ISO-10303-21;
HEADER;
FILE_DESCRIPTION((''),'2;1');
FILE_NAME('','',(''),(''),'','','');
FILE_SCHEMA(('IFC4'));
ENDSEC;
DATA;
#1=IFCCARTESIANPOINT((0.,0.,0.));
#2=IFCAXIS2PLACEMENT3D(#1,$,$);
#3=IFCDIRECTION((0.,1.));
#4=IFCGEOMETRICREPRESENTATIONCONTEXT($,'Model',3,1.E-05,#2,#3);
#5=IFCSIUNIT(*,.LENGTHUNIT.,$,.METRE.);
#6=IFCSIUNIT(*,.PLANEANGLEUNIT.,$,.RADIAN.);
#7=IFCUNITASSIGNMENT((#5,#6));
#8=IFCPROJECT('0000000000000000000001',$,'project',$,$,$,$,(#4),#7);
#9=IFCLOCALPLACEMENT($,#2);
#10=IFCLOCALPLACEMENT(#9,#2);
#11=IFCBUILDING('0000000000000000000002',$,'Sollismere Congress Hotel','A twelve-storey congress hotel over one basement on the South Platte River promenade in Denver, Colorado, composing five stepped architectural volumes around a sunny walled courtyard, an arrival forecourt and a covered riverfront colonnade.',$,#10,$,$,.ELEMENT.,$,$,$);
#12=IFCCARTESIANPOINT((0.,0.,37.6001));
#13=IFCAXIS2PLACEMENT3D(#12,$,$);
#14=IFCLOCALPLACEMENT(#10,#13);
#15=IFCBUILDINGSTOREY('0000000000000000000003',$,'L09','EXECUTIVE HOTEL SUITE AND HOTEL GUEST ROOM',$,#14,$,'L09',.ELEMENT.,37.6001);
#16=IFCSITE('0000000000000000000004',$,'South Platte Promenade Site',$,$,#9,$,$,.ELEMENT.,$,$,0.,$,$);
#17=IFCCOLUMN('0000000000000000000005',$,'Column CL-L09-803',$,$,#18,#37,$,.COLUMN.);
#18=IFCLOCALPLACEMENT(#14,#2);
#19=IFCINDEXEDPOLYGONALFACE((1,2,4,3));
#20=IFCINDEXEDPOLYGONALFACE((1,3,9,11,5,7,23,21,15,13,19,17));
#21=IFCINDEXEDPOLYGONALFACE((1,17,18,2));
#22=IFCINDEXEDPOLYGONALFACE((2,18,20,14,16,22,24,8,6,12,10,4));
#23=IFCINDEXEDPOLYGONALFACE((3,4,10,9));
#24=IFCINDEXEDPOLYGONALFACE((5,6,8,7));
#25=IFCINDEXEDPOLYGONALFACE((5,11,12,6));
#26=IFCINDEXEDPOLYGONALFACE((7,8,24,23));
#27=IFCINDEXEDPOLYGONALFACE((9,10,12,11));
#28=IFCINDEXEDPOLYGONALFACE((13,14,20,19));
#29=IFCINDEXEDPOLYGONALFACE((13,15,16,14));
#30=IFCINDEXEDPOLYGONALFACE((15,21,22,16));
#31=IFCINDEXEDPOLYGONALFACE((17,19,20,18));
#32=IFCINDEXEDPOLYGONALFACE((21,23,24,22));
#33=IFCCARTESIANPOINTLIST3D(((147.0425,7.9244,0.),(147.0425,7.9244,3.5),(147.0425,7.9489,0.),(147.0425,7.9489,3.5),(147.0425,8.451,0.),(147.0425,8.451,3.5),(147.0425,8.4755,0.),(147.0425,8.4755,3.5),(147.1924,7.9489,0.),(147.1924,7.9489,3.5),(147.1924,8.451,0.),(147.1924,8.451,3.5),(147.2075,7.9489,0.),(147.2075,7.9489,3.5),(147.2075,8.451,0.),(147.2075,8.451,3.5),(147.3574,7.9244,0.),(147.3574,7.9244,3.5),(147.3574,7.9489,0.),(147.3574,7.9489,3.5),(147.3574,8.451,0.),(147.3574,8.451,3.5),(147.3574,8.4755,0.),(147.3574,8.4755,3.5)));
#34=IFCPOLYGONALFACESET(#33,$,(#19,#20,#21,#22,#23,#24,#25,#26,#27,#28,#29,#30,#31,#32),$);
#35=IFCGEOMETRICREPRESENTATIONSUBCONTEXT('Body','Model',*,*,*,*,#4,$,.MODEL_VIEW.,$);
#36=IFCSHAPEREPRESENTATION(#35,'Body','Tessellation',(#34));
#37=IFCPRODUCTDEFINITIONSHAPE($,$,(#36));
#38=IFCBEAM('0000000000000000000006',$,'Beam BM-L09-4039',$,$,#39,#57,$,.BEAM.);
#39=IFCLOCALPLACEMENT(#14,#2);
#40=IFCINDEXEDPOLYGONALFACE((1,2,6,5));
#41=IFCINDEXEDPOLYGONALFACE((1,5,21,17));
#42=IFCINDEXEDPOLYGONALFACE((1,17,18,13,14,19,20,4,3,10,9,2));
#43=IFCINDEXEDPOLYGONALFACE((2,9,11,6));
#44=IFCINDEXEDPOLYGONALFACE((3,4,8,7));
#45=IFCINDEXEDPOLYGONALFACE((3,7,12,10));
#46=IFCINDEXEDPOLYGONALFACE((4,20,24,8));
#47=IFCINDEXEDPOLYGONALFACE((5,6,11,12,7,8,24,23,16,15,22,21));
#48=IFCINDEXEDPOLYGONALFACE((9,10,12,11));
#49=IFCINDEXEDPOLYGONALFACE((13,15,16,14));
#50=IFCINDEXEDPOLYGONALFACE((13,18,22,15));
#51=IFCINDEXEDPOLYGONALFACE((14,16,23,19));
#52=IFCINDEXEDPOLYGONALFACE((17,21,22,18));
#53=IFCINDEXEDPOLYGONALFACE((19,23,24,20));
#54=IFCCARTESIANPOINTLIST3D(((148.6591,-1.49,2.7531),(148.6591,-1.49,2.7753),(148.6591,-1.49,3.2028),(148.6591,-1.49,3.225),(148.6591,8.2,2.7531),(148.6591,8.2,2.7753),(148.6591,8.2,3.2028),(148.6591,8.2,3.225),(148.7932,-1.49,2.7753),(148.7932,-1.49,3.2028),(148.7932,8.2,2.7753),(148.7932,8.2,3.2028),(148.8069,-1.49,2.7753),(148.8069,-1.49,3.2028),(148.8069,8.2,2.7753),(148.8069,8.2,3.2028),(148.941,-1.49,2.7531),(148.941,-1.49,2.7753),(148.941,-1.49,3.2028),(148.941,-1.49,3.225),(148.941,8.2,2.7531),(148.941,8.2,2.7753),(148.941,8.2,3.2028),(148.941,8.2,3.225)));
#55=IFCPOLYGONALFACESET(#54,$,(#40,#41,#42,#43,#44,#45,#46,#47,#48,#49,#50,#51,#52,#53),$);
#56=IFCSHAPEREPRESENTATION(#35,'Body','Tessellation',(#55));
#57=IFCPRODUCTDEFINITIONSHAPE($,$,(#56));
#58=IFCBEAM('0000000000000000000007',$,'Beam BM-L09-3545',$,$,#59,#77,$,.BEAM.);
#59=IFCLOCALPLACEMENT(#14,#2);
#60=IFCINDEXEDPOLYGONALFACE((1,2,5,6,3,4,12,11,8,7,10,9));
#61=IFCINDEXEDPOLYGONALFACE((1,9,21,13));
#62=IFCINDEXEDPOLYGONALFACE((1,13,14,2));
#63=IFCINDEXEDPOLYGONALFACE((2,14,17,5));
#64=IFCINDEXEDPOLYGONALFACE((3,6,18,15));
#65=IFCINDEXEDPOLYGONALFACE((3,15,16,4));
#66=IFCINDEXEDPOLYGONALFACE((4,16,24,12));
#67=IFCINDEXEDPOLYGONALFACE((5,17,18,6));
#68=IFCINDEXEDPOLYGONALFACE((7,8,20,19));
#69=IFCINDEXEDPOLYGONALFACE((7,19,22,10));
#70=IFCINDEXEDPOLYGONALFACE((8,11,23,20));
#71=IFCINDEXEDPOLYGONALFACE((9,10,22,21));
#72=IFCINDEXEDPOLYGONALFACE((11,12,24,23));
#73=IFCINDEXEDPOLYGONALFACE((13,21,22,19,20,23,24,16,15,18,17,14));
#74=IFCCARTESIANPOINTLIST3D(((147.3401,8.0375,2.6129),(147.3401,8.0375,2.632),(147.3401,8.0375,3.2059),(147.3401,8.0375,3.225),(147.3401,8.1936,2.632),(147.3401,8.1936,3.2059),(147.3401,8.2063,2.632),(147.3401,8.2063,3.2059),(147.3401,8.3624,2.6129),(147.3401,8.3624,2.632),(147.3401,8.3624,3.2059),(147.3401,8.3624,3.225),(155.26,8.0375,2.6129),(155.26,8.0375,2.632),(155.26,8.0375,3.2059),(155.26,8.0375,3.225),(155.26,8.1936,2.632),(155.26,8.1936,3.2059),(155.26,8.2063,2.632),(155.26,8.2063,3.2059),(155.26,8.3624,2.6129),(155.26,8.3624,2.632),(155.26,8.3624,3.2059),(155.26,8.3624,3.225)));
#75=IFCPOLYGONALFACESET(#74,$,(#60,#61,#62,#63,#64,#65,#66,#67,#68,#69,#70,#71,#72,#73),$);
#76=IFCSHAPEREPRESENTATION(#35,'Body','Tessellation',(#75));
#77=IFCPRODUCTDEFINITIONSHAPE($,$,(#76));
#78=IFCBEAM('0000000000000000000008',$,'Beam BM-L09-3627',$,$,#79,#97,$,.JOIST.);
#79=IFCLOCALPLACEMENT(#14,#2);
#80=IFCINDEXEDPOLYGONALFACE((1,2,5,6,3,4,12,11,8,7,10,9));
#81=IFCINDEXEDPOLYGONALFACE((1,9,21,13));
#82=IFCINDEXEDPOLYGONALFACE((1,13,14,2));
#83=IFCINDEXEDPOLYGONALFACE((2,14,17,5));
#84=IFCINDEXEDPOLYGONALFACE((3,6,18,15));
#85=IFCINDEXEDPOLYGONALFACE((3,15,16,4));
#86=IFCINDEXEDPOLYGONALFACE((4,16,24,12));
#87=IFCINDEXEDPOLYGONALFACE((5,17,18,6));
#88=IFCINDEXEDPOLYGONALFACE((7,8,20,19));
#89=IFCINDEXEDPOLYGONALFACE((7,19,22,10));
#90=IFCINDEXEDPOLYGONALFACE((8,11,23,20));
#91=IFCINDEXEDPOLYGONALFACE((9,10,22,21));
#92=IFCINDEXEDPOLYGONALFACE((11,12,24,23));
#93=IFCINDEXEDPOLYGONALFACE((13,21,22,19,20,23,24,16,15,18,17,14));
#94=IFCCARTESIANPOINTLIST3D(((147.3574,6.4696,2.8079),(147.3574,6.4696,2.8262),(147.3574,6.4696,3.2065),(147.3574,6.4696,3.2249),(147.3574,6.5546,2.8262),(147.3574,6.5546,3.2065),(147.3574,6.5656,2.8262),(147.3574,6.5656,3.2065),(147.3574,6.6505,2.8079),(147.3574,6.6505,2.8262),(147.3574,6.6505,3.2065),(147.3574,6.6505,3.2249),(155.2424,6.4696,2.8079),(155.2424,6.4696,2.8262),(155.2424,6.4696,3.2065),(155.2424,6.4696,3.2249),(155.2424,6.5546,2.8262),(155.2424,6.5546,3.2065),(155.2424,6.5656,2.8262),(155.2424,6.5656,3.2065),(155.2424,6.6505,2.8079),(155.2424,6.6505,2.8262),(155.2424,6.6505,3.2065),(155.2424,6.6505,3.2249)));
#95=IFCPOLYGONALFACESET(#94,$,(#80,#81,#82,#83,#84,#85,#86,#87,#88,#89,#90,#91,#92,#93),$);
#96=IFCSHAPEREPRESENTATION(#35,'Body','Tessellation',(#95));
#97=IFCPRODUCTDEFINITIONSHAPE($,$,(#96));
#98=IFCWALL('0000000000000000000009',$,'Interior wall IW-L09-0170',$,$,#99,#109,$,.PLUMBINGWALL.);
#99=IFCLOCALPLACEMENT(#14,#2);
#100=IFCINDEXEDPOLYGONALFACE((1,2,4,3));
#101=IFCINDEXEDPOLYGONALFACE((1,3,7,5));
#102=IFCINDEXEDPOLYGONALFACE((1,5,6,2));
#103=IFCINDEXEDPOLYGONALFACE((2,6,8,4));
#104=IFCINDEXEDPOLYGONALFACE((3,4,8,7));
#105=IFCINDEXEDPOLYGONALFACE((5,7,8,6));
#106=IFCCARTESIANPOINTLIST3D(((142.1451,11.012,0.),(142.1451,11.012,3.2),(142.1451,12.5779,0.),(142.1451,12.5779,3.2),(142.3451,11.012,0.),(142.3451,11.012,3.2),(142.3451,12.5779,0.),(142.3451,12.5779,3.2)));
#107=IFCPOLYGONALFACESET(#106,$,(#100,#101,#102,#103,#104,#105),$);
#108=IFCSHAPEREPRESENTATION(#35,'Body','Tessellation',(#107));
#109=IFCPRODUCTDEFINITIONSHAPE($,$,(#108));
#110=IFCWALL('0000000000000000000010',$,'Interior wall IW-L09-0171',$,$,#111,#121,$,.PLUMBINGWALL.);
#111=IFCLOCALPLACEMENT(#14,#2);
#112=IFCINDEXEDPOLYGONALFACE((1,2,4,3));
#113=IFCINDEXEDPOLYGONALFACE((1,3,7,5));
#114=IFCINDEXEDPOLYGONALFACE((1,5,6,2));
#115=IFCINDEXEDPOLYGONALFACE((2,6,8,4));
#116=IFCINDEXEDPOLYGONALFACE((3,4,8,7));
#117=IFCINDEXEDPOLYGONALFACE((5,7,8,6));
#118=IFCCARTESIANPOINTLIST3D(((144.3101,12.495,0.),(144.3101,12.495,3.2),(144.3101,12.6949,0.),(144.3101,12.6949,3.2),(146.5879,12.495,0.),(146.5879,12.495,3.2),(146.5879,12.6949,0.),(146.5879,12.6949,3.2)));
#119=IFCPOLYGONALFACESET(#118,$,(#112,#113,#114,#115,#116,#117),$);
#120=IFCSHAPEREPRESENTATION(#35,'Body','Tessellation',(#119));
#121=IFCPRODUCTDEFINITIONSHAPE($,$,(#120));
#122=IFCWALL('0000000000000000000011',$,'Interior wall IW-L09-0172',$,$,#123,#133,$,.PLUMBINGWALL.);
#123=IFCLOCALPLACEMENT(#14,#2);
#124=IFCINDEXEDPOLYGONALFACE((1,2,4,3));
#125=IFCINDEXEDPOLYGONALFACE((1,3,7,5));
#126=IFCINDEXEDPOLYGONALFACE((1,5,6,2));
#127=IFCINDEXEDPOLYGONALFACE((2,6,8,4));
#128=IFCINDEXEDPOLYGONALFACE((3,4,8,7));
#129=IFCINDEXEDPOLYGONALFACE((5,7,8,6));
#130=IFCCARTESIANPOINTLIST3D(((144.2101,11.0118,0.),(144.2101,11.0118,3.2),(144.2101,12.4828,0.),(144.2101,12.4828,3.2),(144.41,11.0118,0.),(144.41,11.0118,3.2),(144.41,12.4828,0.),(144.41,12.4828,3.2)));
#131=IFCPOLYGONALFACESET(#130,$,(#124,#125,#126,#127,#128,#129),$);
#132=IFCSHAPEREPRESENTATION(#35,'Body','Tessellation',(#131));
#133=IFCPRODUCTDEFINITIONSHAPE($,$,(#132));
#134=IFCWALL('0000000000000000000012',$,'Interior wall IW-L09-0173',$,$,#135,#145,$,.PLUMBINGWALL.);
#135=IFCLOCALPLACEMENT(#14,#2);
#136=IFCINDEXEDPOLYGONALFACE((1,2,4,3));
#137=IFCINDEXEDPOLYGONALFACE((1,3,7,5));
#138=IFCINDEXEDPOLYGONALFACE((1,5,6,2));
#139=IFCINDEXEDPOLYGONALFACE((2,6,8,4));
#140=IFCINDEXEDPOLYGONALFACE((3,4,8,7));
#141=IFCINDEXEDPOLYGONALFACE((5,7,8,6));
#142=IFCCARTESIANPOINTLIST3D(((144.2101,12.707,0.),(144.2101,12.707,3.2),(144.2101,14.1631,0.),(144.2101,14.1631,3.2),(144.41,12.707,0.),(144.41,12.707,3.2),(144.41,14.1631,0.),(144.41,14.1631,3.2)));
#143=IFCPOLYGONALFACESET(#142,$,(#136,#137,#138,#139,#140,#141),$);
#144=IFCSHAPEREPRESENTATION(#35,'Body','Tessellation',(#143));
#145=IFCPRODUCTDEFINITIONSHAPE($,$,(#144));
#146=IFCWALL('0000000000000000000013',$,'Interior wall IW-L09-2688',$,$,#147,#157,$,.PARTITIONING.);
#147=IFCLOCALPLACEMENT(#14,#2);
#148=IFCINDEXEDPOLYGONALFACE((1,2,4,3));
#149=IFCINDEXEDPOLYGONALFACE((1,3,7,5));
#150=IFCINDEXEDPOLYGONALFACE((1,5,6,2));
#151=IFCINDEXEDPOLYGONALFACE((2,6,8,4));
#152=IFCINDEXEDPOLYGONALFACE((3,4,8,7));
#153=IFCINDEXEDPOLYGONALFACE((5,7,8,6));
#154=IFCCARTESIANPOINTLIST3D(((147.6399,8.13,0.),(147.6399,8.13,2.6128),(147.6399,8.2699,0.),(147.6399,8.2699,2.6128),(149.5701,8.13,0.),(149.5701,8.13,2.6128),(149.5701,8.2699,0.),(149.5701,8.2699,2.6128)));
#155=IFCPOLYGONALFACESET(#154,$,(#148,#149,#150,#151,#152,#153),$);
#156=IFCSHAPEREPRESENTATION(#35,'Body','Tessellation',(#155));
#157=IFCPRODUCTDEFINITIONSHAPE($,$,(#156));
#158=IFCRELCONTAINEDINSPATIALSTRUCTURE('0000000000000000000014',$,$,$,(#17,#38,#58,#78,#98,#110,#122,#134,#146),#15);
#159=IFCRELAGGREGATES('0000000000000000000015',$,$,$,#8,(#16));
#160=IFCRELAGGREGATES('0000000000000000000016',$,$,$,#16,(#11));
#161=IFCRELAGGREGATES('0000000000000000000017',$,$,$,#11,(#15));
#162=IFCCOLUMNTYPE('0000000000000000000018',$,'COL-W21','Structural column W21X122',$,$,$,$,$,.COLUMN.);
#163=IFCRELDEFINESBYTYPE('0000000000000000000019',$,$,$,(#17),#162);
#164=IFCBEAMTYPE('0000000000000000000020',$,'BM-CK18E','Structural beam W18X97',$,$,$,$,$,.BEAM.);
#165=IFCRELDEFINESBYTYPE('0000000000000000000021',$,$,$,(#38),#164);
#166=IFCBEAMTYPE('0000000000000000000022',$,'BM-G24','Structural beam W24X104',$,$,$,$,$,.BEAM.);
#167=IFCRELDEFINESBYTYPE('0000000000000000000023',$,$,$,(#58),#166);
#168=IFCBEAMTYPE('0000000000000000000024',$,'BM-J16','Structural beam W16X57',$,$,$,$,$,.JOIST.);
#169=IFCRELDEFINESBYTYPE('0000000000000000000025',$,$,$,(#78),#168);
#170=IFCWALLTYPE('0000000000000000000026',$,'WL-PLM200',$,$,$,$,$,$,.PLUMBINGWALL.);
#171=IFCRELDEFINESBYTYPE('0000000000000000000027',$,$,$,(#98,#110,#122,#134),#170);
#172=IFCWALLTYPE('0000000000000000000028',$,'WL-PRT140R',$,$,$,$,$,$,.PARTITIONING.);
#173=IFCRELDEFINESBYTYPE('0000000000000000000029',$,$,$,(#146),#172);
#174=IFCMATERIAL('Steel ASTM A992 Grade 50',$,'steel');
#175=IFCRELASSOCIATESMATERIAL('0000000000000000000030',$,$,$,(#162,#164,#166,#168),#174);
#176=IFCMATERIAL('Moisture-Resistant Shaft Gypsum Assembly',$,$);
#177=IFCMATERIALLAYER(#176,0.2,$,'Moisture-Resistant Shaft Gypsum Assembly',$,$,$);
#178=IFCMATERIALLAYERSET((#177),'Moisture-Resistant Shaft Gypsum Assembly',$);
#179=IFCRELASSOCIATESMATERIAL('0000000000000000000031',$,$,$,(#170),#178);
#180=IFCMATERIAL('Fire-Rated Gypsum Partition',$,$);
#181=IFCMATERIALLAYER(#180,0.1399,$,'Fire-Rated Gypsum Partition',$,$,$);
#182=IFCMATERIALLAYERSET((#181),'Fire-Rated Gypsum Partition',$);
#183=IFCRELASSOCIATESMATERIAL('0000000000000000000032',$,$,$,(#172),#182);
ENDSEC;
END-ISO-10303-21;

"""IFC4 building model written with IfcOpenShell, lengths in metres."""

from ifc_helpers import new_model, si_unit, direction, frame, frame_2d, origin, origin_2d, place, context, subcontext, project, spatial, rectangle, i_section, extrude, material, layer, layer_set, material_profile, profile_set, type_object, element, save


model = new_model("IFC4")

# Units and contexts
model_context = context("Model", 3, precision=1e-05, world=origin(), true_north=direction((0.0, 1.0)))
body_context = subcontext(model_context, "Body", "Model", "MODEL_VIEW")
ifc_project = project(units=[si_unit("LENGTHUNIT", "METRE"), si_unit("PLANEANGLEUNIT", "RADIAN")], contexts=[model_context])

# Site, building, storey
site_placement = place(None, origin())
site = spatial("IfcSite", under=ifc_project, at=site_placement, Name="South Platte Promenade Site", CompositionType="ELEMENT", RefElevation=0.0)
building_placement = place(site_placement, origin())
building = spatial("IfcBuilding", under=site, at=building_placement, Name="Sollismere Congress Hotel", Description="A twelve-storey congress hotel over one basement on the South Platte River promenade in Denver, Colorado, composing five stepped architectural volumes around a sunny walled courtyard, an arrival forecourt and a covered riverfront colonnade.", CompositionType="ELEMENT")
storey_placement = place(building_placement, frame((0.0, 0.0, 37.6001)))
storey = spatial("IfcBuildingStorey", under=building, at=storey_placement, Name="L09", Description="EXECUTIVE HOTEL SUITE AND HOTEL GUEST ROOM", LongName="L09", CompositionType="ELEMENT", Elevation=37.6001)

# Column
ifc_material_1 = material(Name="Steel ASTM A992 Grade 50", Category="steel")
ifc_material_profile_1 = material_profile(ifc_material_1, i_section(OverallWidth=0.3149, OverallDepth=0.551, WebThickness=0.0151, FlangeThickness=0.0244, at=origin_2d()), Name="W21X122")
ifc_profile_set_1 = profile_set([ifc_material_profile_1], Name="Steel ASTM A992 Grade 50")
column_type = type_object("IfcColumnType", Name="COL-W21", Description="Structural column W21X122", PredefinedType="COLUMN", material=ifc_profile_set_1)
column_placement = place(storey_placement, frame((147.2, 8.2, 0.0), z_axis=(0.0, 0.0, 1.0), x_axis=(1.0, 0.0, 0.0)))
element("IfcColumn", 1, at=column_placement, inside=storey, type_object=column_type, Name="Column CL-L09-803", PredefinedType="COLUMN", context=body_context, shape_type="SweptSolid", body=[
    extrude(i_section(OverallWidth=0.3149, OverallDepth=0.551, WebThickness=0.0151, FlangeThickness=0.0244, at=origin_2d()), origin(), (0.0, 0.0, 1.0), 3.5),
])

# Beams
ifc_material_profile_2 = material_profile(ifc_material_1, i_section(OverallWidth=0.282, OverallDepth=0.4719, WebThickness=0.0137, FlangeThickness=0.0222, at=origin_2d()), Name="W18X97")
ifc_profile_set_2 = profile_set([ifc_material_profile_2], Name="Steel ASTM A992 Grade 50")
beam_type_1 = type_object("IfcBeamType", Name="BM-CK18E", Description="Structural beam W18X97", PredefinedType="BEAM", material=ifc_profile_set_2)
beam_1_placement = place(storey_placement, frame((148.8, 8.2, 2.989), z_axis=(0.0, -1.0, 0.0), x_axis=(1.0, 0.0, 0.0)))
element("IfcBeam", 2, at=beam_1_placement, inside=storey, type_object=beam_type_1, Name="Beam BM-L09-4039", PredefinedType="BEAM", context=body_context, shape_type="SweptSolid", body=[
    extrude(i_section(OverallWidth=0.282, OverallDepth=0.4719, WebThickness=0.0137, FlangeThickness=0.0222, at=origin_2d()), origin(), (0.0, 0.0, 1.0), 9.6899),
])
ifc_material_profile_3 = material_profile(ifc_material_1, i_section(OverallWidth=0.325, OverallDepth=0.6121, WebThickness=0.0127, FlangeThickness=0.019, at=origin_2d()), Name="W24X104")
ifc_profile_set_3 = profile_set([ifc_material_profile_3], Name="Steel ASTM A992 Grade 50")
beam_type_2 = type_object("IfcBeamType", Name="BM-G24", Description="Structural beam W24X104", PredefinedType="BEAM", material=ifc_profile_set_3)
beam_2_placement = place(storey_placement, frame((147.3401, 8.2, 2.9189), z_axis=(1.0, 0.0, 0.0), x_axis=(0.0, 1.0, 0.0)))
element("IfcBeam", 3, at=beam_2_placement, inside=storey, type_object=beam_type_2, Name="Beam BM-L09-3545", PredefinedType="BEAM", context=body_context, shape_type="SweptSolid", body=[
    extrude(i_section(OverallWidth=0.325, OverallDepth=0.6121, WebThickness=0.0127, FlangeThickness=0.019, at=origin_2d()), origin(), (0.0, 0.0, 1.0), 7.9199),
])
ifc_material_profile_4 = material_profile(ifc_material_1, i_section(OverallWidth=0.1809, OverallDepth=0.417, WebThickness=0.011, FlangeThickness=0.0183, at=origin_2d()), Name="W16X57")
ifc_profile_set_4 = profile_set([ifc_material_profile_4], Name="Steel ASTM A992 Grade 50")
beam_type_3 = type_object("IfcBeamType", Name="BM-J16", Description="Structural beam W16X57", PredefinedType="JOIST", material=ifc_profile_set_4)
beam_3_placement = place(storey_placement, frame((147.3574, 6.5601, 3.0164), z_axis=(1.0, 0.0, 0.0), x_axis=(0.0, 1.0, 0.0)))
element("IfcBeam", 4, at=beam_3_placement, inside=storey, type_object=beam_type_3, Name="Beam BM-L09-3627", PredefinedType="JOIST", context=body_context, shape_type="SweptSolid", body=[
    extrude(i_section(OverallWidth=0.1809, OverallDepth=0.417, WebThickness=0.011, FlangeThickness=0.0183, at=origin_2d()), origin(), (0.0, 0.0, 1.0), 7.885),
])

# Walls
ifc_material_2 = material(Name="Moisture-Resistant Shaft Gypsum Assembly")
ifc_layer_1 = layer(ifc_material_2, 0.2, Name="Moisture-Resistant Shaft Gypsum Assembly")
ifc_layer_set_1 = layer_set([ifc_layer_1], Name="Moisture-Resistant Shaft Gypsum Assembly")
wall_type_1 = type_object("IfcWallType", Name="WL-PLM200", PredefinedType="PLUMBINGWALL", material=ifc_layer_set_1)
wall_1_placement = place(storey_placement, frame((142.2451, 11.012, 0.0), z_axis=(0.0, 0.0, 1.0), x_axis=(0.0, 1.0, 0.0)))
element("IfcWall", 5, at=wall_1_placement, inside=storey, type_object=wall_type_1, Name="Interior wall IW-L09-0170", PredefinedType="PLUMBINGWALL", context=body_context, shape_type="SweptSolid", body=[
    extrude(rectangle(XDim=1.5659, YDim=0.2, at=frame_2d((0.783, 0.0))), origin(), (0.0, 0.0, 1.0), 3.2),
])
wall_2_placement = place(storey_placement, frame((144.3101, 12.595, 0.0), z_axis=(0.0, 0.0, 1.0), x_axis=(1.0, 0.0, 0.0)))
element("IfcWall", 6, at=wall_2_placement, inside=storey, type_object=wall_type_1, Name="Interior wall IW-L09-0171", PredefinedType="PLUMBINGWALL", context=body_context, shape_type="SweptSolid", body=[
    extrude(rectangle(XDim=2.2778, YDim=0.2, at=frame_2d((1.1389, 0.0))), origin(), (0.0, 0.0, 1.0), 3.2),
])
wall_3_placement = place(storey_placement, frame((144.3101, 11.012, 0.0), z_axis=(0.0, 0.0, 1.0), x_axis=(0.0, 1.0, 0.0)))
element("IfcWall", 7, at=wall_3_placement, inside=storey, type_object=wall_type_1, Name="Interior wall IW-L09-0172", PredefinedType="PLUMBINGWALL", context=body_context, shape_type="SweptSolid", body=[
    extrude(rectangle(XDim=1.4709, YDim=0.2, at=frame_2d((0.7354, 0.0))), origin(), (0.0, 0.0, 1.0), 3.2),
])
wall_4_placement = place(storey_placement, frame((144.3101, 12.707, 0.0), z_axis=(0.0, 0.0, 1.0), x_axis=(0.0, 1.0, 0.0)))
element("IfcWall", 8, at=wall_4_placement, inside=storey, type_object=wall_type_1, Name="Interior wall IW-L09-0173", PredefinedType="PLUMBINGWALL", context=body_context, shape_type="SweptSolid", body=[
    extrude(rectangle(XDim=1.4561, YDim=0.2, at=frame_2d((0.728, 0.0))), origin(), (0.0, 0.0, 1.0), 3.2),
])
ifc_material_3 = material(Name="Fire-Rated Gypsum Partition")
ifc_layer_2 = layer(ifc_material_3, 0.1399, Name="Fire-Rated Gypsum Partition")
ifc_layer_set_2 = layer_set([ifc_layer_2], Name="Fire-Rated Gypsum Partition")
wall_type_2 = type_object("IfcWallType", Name="WL-PRT140R", PredefinedType="PARTITIONING", material=ifc_layer_set_2)
wall_5_placement = place(storey_placement, frame((147.6399, 8.2, 0.0), z_axis=(0.0, 0.0, 1.0), x_axis=(1.0, 0.0, 0.0)))
element("IfcWall", 9, at=wall_5_placement, inside=storey, type_object=wall_type_2, Name="Interior wall IW-L09-2688", PredefinedType="PARTITIONING", context=body_context, shape_type="SweptSolid", body=[
    extrude(rectangle(XDim=1.9302, YDim=0.1399, at=frame_2d((0.9651, 0.0))), origin(), (0.0, 0.0, 1.0), 2.6128),
])

save(model, "model.ifc")
